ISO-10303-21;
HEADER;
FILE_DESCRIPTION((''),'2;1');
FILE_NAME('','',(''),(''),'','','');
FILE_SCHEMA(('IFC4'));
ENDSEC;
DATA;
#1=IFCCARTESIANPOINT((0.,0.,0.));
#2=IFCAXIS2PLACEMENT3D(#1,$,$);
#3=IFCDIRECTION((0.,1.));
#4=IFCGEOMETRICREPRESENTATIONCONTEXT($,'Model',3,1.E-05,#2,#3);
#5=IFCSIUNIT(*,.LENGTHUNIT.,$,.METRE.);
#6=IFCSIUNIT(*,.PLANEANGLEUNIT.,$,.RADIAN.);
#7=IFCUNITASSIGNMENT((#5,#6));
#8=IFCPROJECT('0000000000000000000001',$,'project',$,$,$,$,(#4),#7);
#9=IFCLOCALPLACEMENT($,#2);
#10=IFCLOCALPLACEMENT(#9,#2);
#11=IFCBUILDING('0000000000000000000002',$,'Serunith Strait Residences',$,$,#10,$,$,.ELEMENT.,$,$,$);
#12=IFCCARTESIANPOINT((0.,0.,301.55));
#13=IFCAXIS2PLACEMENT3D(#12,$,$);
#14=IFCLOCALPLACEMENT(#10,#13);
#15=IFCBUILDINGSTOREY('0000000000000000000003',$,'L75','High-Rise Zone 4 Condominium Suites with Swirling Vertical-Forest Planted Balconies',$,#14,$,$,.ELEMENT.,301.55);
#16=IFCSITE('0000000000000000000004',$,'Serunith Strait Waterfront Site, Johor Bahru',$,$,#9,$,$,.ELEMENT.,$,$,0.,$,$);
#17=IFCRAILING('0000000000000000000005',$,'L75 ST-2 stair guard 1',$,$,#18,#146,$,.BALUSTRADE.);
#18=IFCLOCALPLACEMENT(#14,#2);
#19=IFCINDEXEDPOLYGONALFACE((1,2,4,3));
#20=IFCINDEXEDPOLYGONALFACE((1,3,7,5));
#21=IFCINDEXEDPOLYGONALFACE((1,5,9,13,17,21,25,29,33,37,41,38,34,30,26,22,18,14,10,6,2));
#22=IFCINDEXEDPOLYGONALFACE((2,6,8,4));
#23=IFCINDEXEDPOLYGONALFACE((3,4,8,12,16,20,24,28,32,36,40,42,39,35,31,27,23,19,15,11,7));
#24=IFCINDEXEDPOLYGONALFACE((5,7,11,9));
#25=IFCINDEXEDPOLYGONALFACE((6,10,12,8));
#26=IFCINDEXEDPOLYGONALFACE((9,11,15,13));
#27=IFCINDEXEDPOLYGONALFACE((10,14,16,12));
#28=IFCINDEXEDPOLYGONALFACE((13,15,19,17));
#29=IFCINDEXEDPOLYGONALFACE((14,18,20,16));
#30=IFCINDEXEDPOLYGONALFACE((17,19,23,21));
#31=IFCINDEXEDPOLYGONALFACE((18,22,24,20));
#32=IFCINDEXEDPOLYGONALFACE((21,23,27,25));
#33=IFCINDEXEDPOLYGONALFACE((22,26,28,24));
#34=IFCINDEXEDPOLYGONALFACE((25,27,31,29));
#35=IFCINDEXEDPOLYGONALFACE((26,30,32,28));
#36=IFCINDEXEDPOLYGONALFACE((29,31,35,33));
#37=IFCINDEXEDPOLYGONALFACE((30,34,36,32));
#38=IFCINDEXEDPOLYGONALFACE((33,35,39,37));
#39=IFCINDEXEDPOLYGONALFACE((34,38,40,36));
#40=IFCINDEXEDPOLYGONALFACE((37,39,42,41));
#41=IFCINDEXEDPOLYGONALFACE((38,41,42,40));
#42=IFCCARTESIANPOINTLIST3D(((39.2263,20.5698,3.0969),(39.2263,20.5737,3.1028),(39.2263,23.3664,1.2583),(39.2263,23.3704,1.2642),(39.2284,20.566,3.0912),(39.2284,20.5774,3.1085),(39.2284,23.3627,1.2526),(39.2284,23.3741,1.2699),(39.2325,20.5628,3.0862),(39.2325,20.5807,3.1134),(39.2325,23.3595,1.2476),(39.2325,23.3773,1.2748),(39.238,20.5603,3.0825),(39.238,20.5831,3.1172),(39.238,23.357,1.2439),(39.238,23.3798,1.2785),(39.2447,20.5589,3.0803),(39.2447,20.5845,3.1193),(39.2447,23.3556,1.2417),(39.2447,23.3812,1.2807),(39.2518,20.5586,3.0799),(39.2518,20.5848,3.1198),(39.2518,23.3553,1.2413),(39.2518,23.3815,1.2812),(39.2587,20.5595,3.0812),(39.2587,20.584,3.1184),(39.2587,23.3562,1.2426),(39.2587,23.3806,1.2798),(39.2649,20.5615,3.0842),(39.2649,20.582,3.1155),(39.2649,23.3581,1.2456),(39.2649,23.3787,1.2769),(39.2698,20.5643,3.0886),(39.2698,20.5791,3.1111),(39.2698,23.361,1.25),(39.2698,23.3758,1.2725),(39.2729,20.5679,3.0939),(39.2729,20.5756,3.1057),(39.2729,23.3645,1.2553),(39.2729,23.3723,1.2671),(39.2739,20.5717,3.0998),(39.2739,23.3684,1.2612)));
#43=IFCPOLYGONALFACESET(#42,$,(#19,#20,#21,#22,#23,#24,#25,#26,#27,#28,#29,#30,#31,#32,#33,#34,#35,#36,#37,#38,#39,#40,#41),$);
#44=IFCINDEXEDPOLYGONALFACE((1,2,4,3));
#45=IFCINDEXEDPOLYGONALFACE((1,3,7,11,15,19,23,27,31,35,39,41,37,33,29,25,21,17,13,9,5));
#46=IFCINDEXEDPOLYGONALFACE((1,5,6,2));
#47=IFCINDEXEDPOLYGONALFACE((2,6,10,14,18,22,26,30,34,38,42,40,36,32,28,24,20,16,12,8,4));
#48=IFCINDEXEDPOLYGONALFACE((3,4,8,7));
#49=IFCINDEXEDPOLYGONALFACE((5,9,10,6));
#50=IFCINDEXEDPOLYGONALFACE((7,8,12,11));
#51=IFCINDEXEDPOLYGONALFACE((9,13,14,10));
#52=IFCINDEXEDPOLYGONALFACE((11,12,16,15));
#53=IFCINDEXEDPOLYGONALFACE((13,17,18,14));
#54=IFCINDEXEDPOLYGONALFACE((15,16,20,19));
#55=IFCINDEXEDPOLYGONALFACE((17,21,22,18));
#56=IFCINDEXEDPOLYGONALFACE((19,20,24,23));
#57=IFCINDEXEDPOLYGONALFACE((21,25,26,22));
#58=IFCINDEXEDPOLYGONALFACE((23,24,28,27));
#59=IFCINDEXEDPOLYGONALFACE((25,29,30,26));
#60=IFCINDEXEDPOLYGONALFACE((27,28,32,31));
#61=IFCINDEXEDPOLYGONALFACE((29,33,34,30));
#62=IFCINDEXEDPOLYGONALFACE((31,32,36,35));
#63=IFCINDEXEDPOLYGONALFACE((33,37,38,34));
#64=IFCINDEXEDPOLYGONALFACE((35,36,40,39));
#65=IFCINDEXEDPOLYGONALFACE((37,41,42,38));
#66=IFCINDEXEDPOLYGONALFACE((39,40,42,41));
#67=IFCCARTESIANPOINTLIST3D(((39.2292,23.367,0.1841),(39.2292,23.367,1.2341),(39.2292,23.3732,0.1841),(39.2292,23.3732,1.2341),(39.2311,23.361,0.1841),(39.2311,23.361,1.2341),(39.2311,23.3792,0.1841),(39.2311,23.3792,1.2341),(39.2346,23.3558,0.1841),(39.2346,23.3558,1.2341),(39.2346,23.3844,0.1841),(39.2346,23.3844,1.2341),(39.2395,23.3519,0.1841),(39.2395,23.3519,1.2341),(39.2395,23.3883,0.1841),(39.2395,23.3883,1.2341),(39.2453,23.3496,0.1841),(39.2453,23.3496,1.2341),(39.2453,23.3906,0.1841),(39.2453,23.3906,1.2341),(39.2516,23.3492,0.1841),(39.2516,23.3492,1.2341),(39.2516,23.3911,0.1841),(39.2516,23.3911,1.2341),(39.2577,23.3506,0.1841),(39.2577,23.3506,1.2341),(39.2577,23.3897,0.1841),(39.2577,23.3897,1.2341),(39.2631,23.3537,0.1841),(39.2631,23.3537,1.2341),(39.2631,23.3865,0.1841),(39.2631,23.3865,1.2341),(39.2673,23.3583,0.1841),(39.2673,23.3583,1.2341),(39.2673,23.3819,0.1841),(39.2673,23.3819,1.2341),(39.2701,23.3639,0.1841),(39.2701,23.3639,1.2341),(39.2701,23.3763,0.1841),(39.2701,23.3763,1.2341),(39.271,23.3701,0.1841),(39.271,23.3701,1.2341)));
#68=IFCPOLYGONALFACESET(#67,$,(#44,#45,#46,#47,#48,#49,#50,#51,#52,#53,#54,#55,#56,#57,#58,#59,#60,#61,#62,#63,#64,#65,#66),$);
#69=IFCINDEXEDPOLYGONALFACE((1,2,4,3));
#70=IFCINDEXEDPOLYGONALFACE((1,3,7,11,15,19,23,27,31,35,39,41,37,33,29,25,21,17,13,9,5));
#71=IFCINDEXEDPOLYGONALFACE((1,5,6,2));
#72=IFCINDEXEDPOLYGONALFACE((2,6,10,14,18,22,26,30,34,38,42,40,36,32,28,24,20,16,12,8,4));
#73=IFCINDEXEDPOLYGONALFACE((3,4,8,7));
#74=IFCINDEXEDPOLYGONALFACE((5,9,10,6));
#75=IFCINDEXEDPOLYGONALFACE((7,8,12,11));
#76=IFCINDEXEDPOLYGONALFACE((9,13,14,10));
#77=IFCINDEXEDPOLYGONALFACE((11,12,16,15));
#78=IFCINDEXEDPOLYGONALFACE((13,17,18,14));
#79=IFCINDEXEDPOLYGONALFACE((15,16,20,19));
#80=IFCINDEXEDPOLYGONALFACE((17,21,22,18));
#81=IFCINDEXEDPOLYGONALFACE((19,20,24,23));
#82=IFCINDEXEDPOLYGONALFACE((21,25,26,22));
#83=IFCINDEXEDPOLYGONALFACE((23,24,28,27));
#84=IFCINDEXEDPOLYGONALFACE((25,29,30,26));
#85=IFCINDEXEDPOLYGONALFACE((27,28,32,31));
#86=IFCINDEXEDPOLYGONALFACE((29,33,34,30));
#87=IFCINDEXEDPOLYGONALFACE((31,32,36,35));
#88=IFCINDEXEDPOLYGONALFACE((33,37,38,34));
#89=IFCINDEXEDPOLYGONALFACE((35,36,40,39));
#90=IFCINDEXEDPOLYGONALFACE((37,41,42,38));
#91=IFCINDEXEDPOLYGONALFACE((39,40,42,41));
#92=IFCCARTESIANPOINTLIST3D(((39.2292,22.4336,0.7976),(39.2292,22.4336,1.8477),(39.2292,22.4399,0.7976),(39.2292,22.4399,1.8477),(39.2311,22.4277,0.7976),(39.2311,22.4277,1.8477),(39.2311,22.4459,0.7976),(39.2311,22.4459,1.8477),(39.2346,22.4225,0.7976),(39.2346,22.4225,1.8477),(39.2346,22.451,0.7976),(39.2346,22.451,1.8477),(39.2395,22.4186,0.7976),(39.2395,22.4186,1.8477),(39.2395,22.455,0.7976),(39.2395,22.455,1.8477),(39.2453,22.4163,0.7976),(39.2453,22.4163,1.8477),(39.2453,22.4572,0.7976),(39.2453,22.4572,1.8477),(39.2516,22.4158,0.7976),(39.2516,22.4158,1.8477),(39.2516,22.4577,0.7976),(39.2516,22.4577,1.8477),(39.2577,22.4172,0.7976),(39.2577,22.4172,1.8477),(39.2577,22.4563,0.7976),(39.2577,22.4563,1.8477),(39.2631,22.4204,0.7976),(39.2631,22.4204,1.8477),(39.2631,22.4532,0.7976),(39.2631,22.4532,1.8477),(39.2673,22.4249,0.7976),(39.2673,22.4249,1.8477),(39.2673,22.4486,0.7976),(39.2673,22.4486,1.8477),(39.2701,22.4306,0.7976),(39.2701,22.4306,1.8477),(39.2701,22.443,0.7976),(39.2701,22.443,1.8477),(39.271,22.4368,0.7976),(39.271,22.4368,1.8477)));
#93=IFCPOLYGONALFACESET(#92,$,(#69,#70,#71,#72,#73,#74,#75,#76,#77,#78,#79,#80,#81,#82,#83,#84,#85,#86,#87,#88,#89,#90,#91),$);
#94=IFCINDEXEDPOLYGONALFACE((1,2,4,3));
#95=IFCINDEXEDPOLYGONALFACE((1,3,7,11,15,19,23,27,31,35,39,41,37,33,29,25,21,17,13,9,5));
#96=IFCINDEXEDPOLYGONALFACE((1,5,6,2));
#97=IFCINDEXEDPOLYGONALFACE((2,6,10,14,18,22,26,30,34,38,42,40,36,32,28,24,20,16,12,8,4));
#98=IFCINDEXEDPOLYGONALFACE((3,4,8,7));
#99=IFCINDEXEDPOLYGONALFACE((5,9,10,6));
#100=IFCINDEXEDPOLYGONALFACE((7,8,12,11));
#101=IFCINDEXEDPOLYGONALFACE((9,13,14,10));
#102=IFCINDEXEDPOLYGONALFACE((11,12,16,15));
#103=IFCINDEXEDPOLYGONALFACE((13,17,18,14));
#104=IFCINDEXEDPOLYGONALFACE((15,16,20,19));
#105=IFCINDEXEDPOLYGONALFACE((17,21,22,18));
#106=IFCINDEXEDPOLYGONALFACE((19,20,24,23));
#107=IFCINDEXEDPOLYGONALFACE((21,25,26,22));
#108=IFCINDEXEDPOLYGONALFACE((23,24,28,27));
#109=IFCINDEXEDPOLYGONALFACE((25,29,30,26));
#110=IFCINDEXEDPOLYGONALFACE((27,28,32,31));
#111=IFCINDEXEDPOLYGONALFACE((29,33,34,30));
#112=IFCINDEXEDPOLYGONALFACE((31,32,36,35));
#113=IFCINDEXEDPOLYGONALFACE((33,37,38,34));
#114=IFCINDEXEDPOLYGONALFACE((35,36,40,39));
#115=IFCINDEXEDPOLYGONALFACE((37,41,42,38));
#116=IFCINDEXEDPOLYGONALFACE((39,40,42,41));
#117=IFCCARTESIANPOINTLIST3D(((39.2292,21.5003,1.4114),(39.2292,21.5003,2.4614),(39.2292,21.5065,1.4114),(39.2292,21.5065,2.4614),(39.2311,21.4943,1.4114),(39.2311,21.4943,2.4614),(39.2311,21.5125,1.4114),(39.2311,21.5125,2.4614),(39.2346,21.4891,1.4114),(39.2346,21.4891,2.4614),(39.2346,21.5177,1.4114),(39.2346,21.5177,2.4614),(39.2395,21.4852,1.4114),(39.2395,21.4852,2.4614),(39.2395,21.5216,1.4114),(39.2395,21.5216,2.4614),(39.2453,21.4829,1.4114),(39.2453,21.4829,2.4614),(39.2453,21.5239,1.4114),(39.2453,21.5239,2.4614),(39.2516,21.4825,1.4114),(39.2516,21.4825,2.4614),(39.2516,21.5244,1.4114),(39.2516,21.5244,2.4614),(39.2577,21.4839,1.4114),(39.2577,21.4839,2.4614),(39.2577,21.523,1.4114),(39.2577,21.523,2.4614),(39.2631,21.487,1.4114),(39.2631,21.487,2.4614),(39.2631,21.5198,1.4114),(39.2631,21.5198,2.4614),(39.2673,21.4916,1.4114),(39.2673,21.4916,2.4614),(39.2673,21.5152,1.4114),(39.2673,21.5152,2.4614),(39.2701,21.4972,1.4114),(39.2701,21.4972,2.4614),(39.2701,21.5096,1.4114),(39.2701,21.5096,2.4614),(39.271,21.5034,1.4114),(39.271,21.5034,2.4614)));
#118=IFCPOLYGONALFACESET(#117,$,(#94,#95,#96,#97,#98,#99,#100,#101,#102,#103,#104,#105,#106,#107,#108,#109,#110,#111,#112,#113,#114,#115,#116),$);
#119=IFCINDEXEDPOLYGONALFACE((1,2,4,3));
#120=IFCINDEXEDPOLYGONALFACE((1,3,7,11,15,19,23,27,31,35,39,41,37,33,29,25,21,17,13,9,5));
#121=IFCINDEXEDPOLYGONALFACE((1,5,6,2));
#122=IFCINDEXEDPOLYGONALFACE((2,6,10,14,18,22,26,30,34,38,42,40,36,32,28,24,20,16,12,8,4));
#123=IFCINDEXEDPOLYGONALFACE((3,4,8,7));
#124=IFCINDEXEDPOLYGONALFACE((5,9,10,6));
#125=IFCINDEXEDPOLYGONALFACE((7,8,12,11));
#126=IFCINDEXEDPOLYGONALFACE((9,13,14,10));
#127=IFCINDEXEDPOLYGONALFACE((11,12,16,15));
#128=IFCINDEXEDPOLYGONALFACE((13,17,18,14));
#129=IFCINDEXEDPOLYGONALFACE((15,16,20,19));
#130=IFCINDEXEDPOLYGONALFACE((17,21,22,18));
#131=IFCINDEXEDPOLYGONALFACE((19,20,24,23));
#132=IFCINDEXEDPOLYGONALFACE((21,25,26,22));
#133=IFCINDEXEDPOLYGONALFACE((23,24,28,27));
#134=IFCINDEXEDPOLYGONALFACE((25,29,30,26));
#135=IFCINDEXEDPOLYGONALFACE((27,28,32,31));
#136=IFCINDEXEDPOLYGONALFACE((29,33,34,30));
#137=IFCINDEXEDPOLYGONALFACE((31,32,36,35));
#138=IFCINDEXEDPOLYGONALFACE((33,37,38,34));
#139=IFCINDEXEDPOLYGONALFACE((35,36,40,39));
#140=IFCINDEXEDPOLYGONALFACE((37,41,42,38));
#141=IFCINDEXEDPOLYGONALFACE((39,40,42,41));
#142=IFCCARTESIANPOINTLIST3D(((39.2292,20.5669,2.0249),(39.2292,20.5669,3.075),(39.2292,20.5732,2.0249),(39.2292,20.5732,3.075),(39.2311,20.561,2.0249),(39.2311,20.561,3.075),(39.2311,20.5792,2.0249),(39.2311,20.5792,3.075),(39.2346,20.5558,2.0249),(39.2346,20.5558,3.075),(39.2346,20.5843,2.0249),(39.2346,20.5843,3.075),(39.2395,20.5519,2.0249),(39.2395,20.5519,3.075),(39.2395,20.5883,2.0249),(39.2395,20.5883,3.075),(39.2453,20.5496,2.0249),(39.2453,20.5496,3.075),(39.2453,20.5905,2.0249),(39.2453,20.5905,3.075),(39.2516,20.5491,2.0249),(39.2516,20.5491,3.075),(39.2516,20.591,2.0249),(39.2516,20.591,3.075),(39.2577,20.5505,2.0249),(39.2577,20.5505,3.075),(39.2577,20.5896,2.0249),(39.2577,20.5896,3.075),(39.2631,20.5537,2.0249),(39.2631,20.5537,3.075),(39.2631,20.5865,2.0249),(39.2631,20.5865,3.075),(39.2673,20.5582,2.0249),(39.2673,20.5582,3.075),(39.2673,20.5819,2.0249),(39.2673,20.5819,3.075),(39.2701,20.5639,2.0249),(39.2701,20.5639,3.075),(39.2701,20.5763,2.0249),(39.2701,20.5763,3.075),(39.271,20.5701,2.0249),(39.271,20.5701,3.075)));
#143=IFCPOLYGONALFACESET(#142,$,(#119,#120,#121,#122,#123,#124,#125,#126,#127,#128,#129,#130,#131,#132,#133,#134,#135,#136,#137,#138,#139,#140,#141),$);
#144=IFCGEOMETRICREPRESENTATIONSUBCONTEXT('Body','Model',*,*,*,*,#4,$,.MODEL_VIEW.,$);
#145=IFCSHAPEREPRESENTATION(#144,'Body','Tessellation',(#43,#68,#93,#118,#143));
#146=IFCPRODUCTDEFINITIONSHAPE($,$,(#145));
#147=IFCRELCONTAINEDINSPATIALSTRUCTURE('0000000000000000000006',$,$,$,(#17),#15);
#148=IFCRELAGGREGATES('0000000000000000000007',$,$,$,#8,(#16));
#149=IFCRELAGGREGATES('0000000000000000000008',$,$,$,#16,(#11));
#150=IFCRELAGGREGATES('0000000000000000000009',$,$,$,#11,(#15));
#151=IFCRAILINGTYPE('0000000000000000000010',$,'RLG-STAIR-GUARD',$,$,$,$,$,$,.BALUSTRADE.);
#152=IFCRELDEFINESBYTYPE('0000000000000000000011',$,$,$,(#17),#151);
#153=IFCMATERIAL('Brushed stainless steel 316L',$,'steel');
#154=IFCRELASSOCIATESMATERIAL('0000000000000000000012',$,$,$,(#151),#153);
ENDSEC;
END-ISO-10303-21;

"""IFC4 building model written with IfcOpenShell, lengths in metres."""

from ifc_helpers import new_model, si_unit, direction, frame, origin, origin_2d, place, context, subcontext, project, spatial, circle, extrude, material, type_object, element, save


model = new_model("IFC4")

# Units and contexts
model_context = context("Model", 3, precision=1e-05, world=origin(), true_north=direction((0.0, 1.0)))
body_context = subcontext(model_context, "Body", "Model", "MODEL_VIEW")
ifc_project = project(units=[si_unit("LENGTHUNIT", "METRE"), si_unit("PLANEANGLEUNIT", "RADIAN")], contexts=[model_context])

# Site, building, storey
site_placement = place(None, origin())
site = spatial("IfcSite", under=ifc_project, at=site_placement, Name="Serunith Strait Waterfront Site, Johor Bahru", CompositionType="ELEMENT", RefElevation=0.0)
building_placement = place(site_placement, origin())
building = spatial("IfcBuilding", under=site, at=building_placement, Name="Serunith Strait Residences", CompositionType="ELEMENT")
storey_placement = place(building_placement, frame((0.0, 0.0, 301.55)))
storey = spatial("IfcBuildingStorey", under=building, at=storey_placement, Name="L75", Description="High-Rise Zone 4 Condominium Suites with Swirling Vertical-Forest Planted Balconies", CompositionType="ELEMENT", Elevation=301.55)

# Railing
ifc_material_1 = material(Name="Brushed stainless steel 316L", Category="steel")
railing_type_1 = type_object("IfcRailingType", Name="RLG-STAIR-GUARD", PredefinedType="BALUSTRADE", material=ifc_material_1)
railing_1_placement = place(storey_placement, frame((39.25, 23.3701, 0.1841)))
element("IfcRailing", 1, at=railing_1_placement, inside=storey, type_object=railing_type_1, Name="L75 ST-2 stair guard 1", PredefinedType="BALUSTRADE", context=body_context, shape_type="SweptSolid", body=[
    extrude(circle(Radius=0.0239, at=origin_2d()), frame((0.0, -0.0017, 1.0771), z_axis=(0.0, -0.835598, 0.549342), x_axis=(1.0, 0.0, 0.0)), (0.0, 0.0, 1.0), 3.3469),
    extrude(circle(Radius=0.021, at=origin_2d()), origin(), (0.0, 0.0, 1.0), 1.05),
    extrude(circle(Radius=0.021, at=origin_2d()), frame((0.0, -0.9333, 0.6135)), (0.0, 0.0, 1.0), 1.05),
    extrude(circle(Radius=0.021, at=origin_2d()), frame((0.0, -1.8667, 1.2273)), (0.0, 0.0, 1.0), 1.05),
    extrude(circle(Radius=0.021, at=origin_2d()), frame((0.0, -2.8, 1.8408)), (0.0, 0.0, 1.0), 1.05),
])

save(model, "model.ifc")
